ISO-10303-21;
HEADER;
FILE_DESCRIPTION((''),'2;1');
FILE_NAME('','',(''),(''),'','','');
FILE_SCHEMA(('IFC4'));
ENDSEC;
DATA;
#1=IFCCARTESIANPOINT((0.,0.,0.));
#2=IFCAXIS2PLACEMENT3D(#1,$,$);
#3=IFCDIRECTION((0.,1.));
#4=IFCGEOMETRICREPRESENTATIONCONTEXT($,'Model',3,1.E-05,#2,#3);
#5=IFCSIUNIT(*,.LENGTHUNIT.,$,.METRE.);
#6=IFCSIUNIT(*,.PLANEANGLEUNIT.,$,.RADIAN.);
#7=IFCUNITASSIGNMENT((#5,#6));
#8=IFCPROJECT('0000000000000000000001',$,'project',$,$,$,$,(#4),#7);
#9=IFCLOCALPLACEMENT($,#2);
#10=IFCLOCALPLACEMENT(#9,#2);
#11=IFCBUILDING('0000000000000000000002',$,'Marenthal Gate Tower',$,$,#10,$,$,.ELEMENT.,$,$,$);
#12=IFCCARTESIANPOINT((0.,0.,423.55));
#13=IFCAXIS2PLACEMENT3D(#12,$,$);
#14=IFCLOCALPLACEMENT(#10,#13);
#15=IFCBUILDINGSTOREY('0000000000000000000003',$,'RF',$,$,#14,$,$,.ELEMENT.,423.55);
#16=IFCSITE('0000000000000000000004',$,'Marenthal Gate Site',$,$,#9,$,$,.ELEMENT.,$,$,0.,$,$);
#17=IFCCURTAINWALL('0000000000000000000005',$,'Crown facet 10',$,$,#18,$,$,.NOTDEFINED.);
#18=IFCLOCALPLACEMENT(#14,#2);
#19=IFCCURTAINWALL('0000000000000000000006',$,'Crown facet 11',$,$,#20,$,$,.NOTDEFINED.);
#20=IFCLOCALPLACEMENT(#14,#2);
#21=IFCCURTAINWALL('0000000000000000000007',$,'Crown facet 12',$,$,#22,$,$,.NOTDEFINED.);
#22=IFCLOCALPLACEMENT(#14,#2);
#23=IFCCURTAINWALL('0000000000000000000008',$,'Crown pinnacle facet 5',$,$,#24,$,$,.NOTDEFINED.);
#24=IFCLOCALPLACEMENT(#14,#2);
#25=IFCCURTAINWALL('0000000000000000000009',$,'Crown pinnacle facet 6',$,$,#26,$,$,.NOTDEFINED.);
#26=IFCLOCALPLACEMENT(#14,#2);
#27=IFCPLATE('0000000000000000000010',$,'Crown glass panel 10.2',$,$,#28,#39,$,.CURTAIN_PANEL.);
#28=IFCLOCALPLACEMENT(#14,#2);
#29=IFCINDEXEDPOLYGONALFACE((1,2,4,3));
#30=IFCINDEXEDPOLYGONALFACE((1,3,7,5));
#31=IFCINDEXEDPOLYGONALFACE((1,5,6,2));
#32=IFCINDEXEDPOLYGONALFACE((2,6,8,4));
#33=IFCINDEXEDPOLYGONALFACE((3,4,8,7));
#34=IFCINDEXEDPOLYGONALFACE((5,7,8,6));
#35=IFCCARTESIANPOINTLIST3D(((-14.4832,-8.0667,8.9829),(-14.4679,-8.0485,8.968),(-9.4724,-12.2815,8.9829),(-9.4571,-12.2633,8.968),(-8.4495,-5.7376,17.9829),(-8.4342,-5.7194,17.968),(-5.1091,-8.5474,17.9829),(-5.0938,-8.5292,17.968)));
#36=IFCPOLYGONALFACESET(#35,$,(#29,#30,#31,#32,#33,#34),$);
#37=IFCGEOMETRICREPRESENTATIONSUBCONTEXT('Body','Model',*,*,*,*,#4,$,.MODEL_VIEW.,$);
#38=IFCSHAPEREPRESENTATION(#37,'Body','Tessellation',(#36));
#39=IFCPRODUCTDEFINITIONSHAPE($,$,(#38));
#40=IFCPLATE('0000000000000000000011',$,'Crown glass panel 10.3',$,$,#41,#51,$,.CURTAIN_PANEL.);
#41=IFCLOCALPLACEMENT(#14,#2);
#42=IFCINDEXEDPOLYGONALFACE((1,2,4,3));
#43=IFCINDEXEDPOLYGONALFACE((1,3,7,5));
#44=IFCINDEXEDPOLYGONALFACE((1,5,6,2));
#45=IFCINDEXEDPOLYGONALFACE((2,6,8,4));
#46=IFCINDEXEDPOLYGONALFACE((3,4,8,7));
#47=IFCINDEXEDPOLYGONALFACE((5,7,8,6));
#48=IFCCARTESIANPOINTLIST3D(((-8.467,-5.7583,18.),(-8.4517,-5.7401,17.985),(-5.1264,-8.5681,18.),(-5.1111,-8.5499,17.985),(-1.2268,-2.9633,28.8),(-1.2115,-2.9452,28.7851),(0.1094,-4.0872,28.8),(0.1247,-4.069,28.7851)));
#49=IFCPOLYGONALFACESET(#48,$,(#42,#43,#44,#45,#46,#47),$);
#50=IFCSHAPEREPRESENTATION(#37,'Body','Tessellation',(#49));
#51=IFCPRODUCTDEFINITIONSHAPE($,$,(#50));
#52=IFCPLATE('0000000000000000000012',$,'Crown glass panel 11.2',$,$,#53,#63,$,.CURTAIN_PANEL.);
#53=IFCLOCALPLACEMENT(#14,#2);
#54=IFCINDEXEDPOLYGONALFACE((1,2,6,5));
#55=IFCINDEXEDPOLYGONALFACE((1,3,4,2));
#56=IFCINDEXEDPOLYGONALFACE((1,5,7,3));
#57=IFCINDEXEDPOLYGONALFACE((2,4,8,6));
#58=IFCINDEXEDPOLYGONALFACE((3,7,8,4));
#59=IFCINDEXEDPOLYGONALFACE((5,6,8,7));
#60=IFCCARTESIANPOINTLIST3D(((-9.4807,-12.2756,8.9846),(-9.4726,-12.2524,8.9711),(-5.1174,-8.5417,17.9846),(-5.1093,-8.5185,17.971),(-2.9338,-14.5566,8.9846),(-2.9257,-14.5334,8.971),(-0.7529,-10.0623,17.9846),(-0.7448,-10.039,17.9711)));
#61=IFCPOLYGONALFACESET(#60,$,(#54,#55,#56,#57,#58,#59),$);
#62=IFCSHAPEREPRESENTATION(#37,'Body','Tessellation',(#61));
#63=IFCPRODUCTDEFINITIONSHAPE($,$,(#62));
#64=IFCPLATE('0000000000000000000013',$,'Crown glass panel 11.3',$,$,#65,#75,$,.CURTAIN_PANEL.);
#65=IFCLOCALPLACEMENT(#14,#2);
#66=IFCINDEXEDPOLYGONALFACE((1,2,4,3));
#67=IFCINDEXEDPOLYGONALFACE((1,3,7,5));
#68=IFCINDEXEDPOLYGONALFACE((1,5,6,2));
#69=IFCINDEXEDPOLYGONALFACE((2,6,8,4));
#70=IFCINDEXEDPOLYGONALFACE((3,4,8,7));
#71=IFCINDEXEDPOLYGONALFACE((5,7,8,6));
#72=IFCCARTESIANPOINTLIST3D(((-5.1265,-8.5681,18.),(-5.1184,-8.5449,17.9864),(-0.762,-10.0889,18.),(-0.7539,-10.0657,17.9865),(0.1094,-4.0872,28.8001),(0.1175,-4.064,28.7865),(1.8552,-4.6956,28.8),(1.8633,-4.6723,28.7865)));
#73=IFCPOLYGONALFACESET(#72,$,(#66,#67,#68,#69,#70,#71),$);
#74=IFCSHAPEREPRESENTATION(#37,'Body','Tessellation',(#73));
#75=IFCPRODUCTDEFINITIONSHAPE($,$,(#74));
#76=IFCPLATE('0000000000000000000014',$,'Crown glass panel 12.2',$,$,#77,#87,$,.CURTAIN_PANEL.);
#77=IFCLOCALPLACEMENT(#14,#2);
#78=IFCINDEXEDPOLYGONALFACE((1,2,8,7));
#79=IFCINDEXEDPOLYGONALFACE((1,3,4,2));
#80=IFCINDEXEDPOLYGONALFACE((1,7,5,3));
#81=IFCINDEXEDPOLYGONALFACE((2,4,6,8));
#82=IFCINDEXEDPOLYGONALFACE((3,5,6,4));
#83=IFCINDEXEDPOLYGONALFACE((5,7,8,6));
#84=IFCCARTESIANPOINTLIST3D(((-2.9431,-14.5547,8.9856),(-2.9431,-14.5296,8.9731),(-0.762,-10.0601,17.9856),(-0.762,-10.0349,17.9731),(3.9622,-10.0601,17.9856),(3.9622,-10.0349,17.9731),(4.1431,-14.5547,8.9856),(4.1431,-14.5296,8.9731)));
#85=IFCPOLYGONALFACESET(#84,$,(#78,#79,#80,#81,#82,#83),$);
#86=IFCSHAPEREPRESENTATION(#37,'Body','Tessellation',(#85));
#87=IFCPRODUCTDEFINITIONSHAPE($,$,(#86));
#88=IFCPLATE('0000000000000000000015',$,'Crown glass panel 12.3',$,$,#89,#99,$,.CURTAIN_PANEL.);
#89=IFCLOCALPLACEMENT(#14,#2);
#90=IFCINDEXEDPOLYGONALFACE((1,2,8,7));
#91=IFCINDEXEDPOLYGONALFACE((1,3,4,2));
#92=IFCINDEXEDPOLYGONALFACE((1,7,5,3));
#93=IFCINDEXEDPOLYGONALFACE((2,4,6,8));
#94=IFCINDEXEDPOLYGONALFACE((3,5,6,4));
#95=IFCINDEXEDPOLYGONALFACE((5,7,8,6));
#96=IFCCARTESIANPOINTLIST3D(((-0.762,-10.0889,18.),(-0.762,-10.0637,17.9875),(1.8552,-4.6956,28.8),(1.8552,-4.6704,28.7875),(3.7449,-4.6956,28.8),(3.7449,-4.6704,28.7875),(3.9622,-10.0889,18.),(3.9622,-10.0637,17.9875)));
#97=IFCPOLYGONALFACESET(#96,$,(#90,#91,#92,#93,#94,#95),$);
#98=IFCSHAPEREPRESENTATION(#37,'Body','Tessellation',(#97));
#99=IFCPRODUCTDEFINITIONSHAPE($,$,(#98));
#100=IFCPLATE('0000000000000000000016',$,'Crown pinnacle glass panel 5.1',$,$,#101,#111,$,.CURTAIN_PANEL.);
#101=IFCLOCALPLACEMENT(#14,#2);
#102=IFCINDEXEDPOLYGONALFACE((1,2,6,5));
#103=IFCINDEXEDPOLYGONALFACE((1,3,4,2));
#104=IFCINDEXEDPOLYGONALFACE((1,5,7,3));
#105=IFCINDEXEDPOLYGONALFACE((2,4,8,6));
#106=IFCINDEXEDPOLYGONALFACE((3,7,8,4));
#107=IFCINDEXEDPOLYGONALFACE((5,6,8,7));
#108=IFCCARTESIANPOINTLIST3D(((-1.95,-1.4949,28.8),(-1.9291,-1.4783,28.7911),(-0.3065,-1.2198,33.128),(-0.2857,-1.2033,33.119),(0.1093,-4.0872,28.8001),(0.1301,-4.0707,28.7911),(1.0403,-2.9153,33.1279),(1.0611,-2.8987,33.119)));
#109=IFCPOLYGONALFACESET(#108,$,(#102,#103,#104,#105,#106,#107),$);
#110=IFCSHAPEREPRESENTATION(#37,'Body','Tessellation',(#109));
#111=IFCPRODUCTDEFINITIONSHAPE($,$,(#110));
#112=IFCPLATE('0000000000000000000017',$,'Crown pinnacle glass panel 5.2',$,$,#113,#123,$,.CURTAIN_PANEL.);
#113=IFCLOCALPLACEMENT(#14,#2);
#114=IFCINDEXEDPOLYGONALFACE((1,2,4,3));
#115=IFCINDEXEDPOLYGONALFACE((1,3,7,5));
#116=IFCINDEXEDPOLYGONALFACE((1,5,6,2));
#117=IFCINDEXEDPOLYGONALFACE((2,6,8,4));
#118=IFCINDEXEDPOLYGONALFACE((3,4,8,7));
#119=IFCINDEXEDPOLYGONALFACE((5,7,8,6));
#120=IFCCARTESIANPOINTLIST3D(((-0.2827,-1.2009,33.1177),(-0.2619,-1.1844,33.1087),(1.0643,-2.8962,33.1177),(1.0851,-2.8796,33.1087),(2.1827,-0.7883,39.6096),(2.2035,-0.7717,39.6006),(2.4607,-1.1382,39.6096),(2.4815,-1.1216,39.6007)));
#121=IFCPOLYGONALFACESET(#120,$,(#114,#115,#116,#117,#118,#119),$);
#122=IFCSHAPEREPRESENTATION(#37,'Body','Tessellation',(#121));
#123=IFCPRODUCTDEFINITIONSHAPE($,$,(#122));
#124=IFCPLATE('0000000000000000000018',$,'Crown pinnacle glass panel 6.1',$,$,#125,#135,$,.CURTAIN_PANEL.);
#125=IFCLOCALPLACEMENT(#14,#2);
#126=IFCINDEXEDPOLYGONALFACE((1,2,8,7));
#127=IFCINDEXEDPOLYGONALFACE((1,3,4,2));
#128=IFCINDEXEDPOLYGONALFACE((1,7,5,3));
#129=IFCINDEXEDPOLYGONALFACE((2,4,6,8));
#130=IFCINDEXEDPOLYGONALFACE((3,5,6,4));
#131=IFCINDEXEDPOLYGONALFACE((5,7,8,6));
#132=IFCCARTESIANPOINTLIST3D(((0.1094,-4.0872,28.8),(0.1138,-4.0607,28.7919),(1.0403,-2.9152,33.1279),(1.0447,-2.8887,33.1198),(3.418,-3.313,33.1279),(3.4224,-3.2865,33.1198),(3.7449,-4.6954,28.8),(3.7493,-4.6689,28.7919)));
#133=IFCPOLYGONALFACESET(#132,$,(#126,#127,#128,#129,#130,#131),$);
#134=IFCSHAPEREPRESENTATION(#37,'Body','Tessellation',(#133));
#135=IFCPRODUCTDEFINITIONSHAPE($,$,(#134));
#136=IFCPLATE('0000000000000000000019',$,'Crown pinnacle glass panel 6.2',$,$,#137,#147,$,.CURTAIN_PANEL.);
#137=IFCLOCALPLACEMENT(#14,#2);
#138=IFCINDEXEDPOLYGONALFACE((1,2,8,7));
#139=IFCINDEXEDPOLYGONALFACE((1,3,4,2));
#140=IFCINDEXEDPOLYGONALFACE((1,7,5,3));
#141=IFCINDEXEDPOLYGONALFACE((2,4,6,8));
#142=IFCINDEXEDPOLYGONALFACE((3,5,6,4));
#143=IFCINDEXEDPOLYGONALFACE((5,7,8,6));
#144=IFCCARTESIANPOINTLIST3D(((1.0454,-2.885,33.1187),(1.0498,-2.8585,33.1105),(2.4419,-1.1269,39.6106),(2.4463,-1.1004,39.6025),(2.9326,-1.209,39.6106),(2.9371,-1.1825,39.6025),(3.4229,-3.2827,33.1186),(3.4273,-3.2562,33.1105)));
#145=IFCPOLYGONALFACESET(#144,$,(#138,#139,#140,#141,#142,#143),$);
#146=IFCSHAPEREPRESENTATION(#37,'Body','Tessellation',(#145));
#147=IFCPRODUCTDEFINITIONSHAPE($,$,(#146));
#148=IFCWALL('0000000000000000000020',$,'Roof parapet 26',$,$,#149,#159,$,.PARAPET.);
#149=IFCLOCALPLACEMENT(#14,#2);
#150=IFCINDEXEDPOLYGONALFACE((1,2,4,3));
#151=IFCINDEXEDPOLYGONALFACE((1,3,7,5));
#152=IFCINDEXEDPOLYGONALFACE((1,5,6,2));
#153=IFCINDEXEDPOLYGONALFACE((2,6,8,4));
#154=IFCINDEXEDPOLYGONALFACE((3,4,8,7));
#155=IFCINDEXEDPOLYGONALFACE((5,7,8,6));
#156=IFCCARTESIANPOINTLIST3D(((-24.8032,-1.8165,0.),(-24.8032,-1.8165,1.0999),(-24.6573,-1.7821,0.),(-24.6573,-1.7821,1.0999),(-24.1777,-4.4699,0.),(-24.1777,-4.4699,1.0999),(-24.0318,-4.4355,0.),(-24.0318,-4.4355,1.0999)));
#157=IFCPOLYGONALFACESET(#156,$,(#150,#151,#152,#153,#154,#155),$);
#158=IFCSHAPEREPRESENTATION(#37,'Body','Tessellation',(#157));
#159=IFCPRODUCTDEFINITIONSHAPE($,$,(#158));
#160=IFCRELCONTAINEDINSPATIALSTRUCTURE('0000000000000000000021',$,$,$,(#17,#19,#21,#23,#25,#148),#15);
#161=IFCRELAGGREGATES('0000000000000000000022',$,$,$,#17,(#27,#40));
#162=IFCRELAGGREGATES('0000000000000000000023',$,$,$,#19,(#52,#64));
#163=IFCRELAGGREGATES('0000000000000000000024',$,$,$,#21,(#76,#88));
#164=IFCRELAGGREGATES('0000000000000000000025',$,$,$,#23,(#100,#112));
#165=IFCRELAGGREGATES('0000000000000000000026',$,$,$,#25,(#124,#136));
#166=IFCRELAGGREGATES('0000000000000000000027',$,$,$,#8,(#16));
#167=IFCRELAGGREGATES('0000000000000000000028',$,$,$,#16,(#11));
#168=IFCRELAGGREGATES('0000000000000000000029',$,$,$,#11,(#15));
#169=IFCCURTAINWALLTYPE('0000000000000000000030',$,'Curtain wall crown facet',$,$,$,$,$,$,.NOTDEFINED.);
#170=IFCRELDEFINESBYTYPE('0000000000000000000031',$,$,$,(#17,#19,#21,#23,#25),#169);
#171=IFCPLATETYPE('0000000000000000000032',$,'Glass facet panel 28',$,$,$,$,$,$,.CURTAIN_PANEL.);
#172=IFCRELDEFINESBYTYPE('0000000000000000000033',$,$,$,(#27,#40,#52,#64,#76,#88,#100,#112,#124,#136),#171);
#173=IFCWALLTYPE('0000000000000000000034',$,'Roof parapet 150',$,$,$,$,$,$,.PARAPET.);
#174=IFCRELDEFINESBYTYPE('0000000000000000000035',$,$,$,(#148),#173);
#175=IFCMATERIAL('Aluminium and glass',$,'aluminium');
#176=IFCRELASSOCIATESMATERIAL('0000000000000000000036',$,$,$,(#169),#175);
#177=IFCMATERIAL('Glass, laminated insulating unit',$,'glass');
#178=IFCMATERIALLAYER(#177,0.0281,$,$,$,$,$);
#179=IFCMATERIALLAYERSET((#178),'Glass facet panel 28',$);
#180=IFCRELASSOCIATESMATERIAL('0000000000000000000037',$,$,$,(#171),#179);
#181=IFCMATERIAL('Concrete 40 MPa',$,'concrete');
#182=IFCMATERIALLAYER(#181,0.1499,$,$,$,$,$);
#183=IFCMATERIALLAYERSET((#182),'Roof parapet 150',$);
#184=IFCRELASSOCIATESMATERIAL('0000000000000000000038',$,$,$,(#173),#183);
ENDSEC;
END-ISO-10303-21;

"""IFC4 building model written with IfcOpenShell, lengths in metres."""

from ifc_helpers import new_model, si_unit, direction, frame, frame_2d, origin, place, context, subcontext, project, spatial, polyline, rectangle, outline, extrude, material, layer, layer_set, type_object, element, aggregate, save


model = new_model("IFC4")

# Units and contexts
model_context = context("Model", 3, precision=1e-05, world=origin(), true_north=direction((0.0, 1.0)))
body_context = subcontext(model_context, "Body", "Model", "MODEL_VIEW")
ifc_project = project(units=[si_unit("LENGTHUNIT", "METRE"), si_unit("PLANEANGLEUNIT", "RADIAN")], contexts=[model_context])

# Site, building, storey
site_placement = place(None, origin())
site = spatial("IfcSite", under=ifc_project, at=site_placement, Name="Marenthal Gate Site", CompositionType="ELEMENT", RefElevation=0.0)
building_placement = place(site_placement, origin())
building = spatial("IfcBuilding", under=site, at=building_placement, Name="Marenthal Gate Tower", CompositionType="ELEMENT")
storey_placement = place(building_placement, frame((0.0, 0.0, 423.55)))
storey = spatial("IfcBuildingStorey", under=building, at=storey_placement, Name="RF", CompositionType="ELEMENT", Elevation=423.55)

# Curtain walls
ifc_material_1 = material(Name="Aluminium and glass", Category="aluminium")
curtain_wall_type = type_object("IfcCurtainWallType", Name="Curtain wall crown facet", PredefinedType="NOTDEFINED", material=ifc_material_1)
curtain_wall_1_placement = place(storey_placement, origin())
curtain_wall_1 = element("IfcCurtainWall", 1, at=curtain_wall_1_placement, inside=storey, type_object=curtain_wall_type, Name="Crown facet 10", PredefinedType="NOTDEFINED")
curtain_wall_2_placement = place(storey_placement, origin())
curtain_wall_2 = element("IfcCurtainWall", 2, at=curtain_wall_2_placement, inside=storey, type_object=curtain_wall_type, Name="Crown facet 11", PredefinedType="NOTDEFINED")
curtain_wall_3_placement = place(storey_placement, origin())
curtain_wall_3 = element("IfcCurtainWall", 3, at=curtain_wall_3_placement, inside=storey, type_object=curtain_wall_type, Name="Crown facet 12", PredefinedType="NOTDEFINED")
curtain_wall_4_placement = place(storey_placement, origin())
curtain_wall_4 = element("IfcCurtainWall", 4, at=curtain_wall_4_placement, inside=storey, type_object=curtain_wall_type, Name="Crown pinnacle facet 5", PredefinedType="NOTDEFINED")
curtain_wall_5_placement = place(storey_placement, origin())
curtain_wall_5 = element("IfcCurtainWall", 5, at=curtain_wall_5_placement, inside=storey, type_object=curtain_wall_type, Name="Crown pinnacle facet 6", PredefinedType="NOTDEFINED")

# Plates
ifc_material_2 = material(Name="Glass, laminated insulating unit", Category="glass")
ifc_layer_1 = layer(ifc_material_2, 0.0281)
ifc_layer_set_1 = layer_set([ifc_layer_1], Name="Glass facet panel 28")
plate_type_1 = type_object("IfcPlateType", Name="Glass facet panel 28", PredefinedType="CURTAIN_PANEL", material=ifc_layer_set_1)
plate_1_placement = place(storey_placement, frame((-14.4832, -8.0667, 8.9829), z_axis=(-0.544743, -0.647603, 0.532791), x_axis=(0.765265, -0.643715, 0.000002)))
plate_1 = element("IfcPlate", 6, at=plate_1_placement, type_object=plate_type_1, Name="Crown glass panel 10.2", PredefinedType="CURTAIN_PANEL", context=body_context, shape_type="SweptSolid", body=[
    extrude(outline(polyline([(0.0, 0.0), (6.5477, 0.0), (7.4831, 10.6352), (3.1181, 10.6352), (0.0, 0.0)])), origin(), (0.0, 0.0, -1.0), 0.0281),
])
plate_2_placement = place(storey_placement, frame((-8.467, -5.7583, 18.0), z_axis=(-0.54472, -0.647632, 0.532778), x_axis=(0.76529, -0.643686, -0.000006)))
plate_2 = element("IfcPlate", 7, at=plate_2_placement, type_object=plate_type_1, Name="Crown glass panel 10.3", PredefinedType="CURTAIN_PANEL", context=body_context, shape_type="SweptSolid", body=[
    extrude(outline(polyline([(0.0, 0.0), (4.3651, 0.0), (5.4877, 12.7622), (3.7418, 12.7622), (0.0, 0.0)])), origin(), (0.0, 0.0, -1.0), 0.0281),
])
aggregate(curtain_wall_1, [plate_1, plate_2])
plate_3_placement = place(storey_placement, frame((-9.4807, -12.2756, 8.9846), z_axis=(-0.288121, -0.826984, 0.482787), x_axis=(0.944328, -0.329006, -0.000005)))
plate_3 = element("IfcPlate", 8, at=plate_3_placement, type_object=plate_type_1, Name="Crown glass panel 11.2", PredefinedType="CURTAIN_PANEL", context=body_context, shape_type="SweptSolid", body=[
    extrude(outline(polyline([(0.0, 0.0), (6.9329, 0.0), (7.5136, 10.2771), (2.8919, 10.277), (0.0, 0.0)])), origin(), (0.0, 0.0, -1.0), 0.0281),
])
plate_4_placement = place(storey_placement, frame((-5.1265, -8.5681, 18.0), z_axis=(-0.288155, -0.826964, 0.482801), x_axis=(0.944315, -0.329043, 0.000005)))
plate_4 = element("IfcPlate", 9, at=plate_4_placement, type_object=plate_type_1, Name="Crown glass panel 11.3", PredefinedType="CURTAIN_PANEL", context=body_context, shape_type="SweptSolid", body=[
    extrude(outline(polyline([(0.0, 0.0), (4.6219, 0.0), (5.3187, 12.3326), (3.4699, 12.3326), (0.0, 0.0)])), origin(), (0.0, 0.0, -1.0), 0.0281),
])
aggregate(curtain_wall_2, [plate_3, plate_4])
plate_5_placement = place(storey_placement, frame((-2.9431, -14.5547, 8.9856), z_axis=(0.0, -0.894641, 0.446786), x_axis=(1.0, 0.0, 0.0)))
plate_5 = element("IfcPlate", 10, at=plate_5_placement, type_object=plate_type_1, Name="Crown glass panel 12.2", PredefinedType="CURTAIN_PANEL", context=body_context, shape_type="SweptSolid", body=[
    extrude(outline(polyline([(0.0, 0.0), (7.0862, 0.0), (6.9053, 10.0599), (2.1812, 10.0599), (0.0, 0.0)])), origin(), (0.0, 0.0, -1.0), 0.0281),
])
plate_6_placement = place(storey_placement, frame((-0.762, -10.0889, 18.0), z_axis=(0.0, -0.89465, 0.446769), x_axis=(1.0, 0.0, 0.0)))
plate_6 = element("IfcPlate", 11, at=plate_6_placement, type_object=plate_type_1, Name="Crown glass panel 12.3", PredefinedType="CURTAIN_PANEL", context=body_context, shape_type="SweptSolid", body=[
    extrude(outline(polyline([(0.0, 0.0), (4.7241, 0.0), (4.5068, 12.0718), (2.6172, 12.0718), (0.0, 0.0)])), origin(), (0.0, 0.0, -1.0), 0.0281),
])
aggregate(curtain_wall_3, [plate_5, plate_6])
plate_7_placement = place(storey_placement, frame((-1.95, -1.4949, 28.8), z_axis=(-0.742052, -0.589442, 0.319246), x_axis=(0.621992, -0.783023, 0.000012)))
plate_7 = element("IfcPlate", 12, at=plate_7_placement, type_object=plate_type_1, Name="Crown pinnacle glass panel 5.1", PredefinedType="CURTAIN_PANEL", context=body_context, shape_type="SweptSolid", body=[
    extrude(outline(polyline([(0.0, 0.0), (3.3107, 0.0), (2.9722, 4.5668), (0.8069, 4.5669), (0.0, 0.0)])), origin(), (0.0, 0.0, -1.0), 0.0281),
])
plate_8_placement = place(storey_placement, frame((-0.2827, -1.2009, 33.1177), z_axis=(-0.741974, -0.58954, 0.319246), x_axis=(0.62209, -0.782946, -0.000011)))
plate_8 = element("IfcPlate", 13, at=plate_8_placement, type_object=plate_type_1, Name="Crown pinnacle glass panel 5.2", PredefinedType="CURTAIN_PANEL", context=body_context, shape_type="SweptSolid", body=[
    extrude(outline(polyline([(0.0, 0.0), (2.1652, 0.0), (1.6575, 6.8504), (1.2105, 6.8504), (0.0, 0.0)])), origin(), (0.0, 0.0, -1.0), 0.0281),
])
aggregate(curtain_wall_4, [plate_7, plate_8])
plate_9_placement = place(storey_placement, frame((0.1094, -4.0872, 28.8), z_axis=(-0.15795, -0.94402, 0.289616), x_axis=(0.986289, -0.165025, -0.000009)))
plate_9 = element("IfcPlate", 14, at=plate_9_placement, type_object=plate_type_1, Name="Crown pinnacle glass panel 6.1", PredefinedType="CURTAIN_PANEL", context=body_context, shape_type="SweptSolid", body=[
    extrude(outline(polyline([(0.0, 0.0), (3.6861, 0.0), (3.1354, 4.5217), (0.7247, 4.5216), (0.0, 0.0)])), origin(), (0.0, 0.0, -1.0), 0.0281),
])
plate_10_placement = place(storey_placement, frame((1.0454, -2.885, 33.1187), z_axis=(-0.1579, -0.944027, 0.289621), x_axis=(0.986298, -0.164972, -0.000005)))
plate_10 = element("IfcPlate", 15, at=plate_10_placement, type_object=plate_type_1, Name="Crown pinnacle glass panel 6.2", PredefinedType="CURTAIN_PANEL", context=body_context, shape_type="SweptSolid", body=[
    extrude(outline(polyline([(0.0, 0.0), (2.4105, 0.0), (1.5848, 6.7826), (1.0873, 6.7826), (0.0, 0.0)])), origin(), (0.0, 0.0, -1.0), 0.0281),
])
aggregate(curtain_wall_5, [plate_9, plate_10])

# Wall
ifc_material_3 = material(Name="Concrete 40 MPa", Category="concrete")
ifc_layer_2 = layer(ifc_material_3, 0.1499)
ifc_layer_set_2 = layer_set([ifc_layer_2], Name="Roof parapet 150")
wall_type = type_object("IfcWallType", Name="Roof parapet 150", PredefinedType="PARAPET", material=ifc_layer_set_2)
wall_placement = place(storey_placement, frame((-24.7302, -1.7993, 0.0), z_axis=(0.0, 0.0, 1.0), x_axis=(0.229449, -0.973321, 0.0)))
element("IfcWall", 16, at=wall_placement, inside=storey, type_object=wall_type, Name="Roof parapet 26", PredefinedType="PARAPET", context=body_context, shape_type="SweptSolid", body=[
    extrude(rectangle(XDim=2.7261, YDim=0.1499, at=frame_2d((1.363, 0.0))), origin(), (0.0, 0.0, 1.0), 1.0999),
])

save(model, "model.ifc")
